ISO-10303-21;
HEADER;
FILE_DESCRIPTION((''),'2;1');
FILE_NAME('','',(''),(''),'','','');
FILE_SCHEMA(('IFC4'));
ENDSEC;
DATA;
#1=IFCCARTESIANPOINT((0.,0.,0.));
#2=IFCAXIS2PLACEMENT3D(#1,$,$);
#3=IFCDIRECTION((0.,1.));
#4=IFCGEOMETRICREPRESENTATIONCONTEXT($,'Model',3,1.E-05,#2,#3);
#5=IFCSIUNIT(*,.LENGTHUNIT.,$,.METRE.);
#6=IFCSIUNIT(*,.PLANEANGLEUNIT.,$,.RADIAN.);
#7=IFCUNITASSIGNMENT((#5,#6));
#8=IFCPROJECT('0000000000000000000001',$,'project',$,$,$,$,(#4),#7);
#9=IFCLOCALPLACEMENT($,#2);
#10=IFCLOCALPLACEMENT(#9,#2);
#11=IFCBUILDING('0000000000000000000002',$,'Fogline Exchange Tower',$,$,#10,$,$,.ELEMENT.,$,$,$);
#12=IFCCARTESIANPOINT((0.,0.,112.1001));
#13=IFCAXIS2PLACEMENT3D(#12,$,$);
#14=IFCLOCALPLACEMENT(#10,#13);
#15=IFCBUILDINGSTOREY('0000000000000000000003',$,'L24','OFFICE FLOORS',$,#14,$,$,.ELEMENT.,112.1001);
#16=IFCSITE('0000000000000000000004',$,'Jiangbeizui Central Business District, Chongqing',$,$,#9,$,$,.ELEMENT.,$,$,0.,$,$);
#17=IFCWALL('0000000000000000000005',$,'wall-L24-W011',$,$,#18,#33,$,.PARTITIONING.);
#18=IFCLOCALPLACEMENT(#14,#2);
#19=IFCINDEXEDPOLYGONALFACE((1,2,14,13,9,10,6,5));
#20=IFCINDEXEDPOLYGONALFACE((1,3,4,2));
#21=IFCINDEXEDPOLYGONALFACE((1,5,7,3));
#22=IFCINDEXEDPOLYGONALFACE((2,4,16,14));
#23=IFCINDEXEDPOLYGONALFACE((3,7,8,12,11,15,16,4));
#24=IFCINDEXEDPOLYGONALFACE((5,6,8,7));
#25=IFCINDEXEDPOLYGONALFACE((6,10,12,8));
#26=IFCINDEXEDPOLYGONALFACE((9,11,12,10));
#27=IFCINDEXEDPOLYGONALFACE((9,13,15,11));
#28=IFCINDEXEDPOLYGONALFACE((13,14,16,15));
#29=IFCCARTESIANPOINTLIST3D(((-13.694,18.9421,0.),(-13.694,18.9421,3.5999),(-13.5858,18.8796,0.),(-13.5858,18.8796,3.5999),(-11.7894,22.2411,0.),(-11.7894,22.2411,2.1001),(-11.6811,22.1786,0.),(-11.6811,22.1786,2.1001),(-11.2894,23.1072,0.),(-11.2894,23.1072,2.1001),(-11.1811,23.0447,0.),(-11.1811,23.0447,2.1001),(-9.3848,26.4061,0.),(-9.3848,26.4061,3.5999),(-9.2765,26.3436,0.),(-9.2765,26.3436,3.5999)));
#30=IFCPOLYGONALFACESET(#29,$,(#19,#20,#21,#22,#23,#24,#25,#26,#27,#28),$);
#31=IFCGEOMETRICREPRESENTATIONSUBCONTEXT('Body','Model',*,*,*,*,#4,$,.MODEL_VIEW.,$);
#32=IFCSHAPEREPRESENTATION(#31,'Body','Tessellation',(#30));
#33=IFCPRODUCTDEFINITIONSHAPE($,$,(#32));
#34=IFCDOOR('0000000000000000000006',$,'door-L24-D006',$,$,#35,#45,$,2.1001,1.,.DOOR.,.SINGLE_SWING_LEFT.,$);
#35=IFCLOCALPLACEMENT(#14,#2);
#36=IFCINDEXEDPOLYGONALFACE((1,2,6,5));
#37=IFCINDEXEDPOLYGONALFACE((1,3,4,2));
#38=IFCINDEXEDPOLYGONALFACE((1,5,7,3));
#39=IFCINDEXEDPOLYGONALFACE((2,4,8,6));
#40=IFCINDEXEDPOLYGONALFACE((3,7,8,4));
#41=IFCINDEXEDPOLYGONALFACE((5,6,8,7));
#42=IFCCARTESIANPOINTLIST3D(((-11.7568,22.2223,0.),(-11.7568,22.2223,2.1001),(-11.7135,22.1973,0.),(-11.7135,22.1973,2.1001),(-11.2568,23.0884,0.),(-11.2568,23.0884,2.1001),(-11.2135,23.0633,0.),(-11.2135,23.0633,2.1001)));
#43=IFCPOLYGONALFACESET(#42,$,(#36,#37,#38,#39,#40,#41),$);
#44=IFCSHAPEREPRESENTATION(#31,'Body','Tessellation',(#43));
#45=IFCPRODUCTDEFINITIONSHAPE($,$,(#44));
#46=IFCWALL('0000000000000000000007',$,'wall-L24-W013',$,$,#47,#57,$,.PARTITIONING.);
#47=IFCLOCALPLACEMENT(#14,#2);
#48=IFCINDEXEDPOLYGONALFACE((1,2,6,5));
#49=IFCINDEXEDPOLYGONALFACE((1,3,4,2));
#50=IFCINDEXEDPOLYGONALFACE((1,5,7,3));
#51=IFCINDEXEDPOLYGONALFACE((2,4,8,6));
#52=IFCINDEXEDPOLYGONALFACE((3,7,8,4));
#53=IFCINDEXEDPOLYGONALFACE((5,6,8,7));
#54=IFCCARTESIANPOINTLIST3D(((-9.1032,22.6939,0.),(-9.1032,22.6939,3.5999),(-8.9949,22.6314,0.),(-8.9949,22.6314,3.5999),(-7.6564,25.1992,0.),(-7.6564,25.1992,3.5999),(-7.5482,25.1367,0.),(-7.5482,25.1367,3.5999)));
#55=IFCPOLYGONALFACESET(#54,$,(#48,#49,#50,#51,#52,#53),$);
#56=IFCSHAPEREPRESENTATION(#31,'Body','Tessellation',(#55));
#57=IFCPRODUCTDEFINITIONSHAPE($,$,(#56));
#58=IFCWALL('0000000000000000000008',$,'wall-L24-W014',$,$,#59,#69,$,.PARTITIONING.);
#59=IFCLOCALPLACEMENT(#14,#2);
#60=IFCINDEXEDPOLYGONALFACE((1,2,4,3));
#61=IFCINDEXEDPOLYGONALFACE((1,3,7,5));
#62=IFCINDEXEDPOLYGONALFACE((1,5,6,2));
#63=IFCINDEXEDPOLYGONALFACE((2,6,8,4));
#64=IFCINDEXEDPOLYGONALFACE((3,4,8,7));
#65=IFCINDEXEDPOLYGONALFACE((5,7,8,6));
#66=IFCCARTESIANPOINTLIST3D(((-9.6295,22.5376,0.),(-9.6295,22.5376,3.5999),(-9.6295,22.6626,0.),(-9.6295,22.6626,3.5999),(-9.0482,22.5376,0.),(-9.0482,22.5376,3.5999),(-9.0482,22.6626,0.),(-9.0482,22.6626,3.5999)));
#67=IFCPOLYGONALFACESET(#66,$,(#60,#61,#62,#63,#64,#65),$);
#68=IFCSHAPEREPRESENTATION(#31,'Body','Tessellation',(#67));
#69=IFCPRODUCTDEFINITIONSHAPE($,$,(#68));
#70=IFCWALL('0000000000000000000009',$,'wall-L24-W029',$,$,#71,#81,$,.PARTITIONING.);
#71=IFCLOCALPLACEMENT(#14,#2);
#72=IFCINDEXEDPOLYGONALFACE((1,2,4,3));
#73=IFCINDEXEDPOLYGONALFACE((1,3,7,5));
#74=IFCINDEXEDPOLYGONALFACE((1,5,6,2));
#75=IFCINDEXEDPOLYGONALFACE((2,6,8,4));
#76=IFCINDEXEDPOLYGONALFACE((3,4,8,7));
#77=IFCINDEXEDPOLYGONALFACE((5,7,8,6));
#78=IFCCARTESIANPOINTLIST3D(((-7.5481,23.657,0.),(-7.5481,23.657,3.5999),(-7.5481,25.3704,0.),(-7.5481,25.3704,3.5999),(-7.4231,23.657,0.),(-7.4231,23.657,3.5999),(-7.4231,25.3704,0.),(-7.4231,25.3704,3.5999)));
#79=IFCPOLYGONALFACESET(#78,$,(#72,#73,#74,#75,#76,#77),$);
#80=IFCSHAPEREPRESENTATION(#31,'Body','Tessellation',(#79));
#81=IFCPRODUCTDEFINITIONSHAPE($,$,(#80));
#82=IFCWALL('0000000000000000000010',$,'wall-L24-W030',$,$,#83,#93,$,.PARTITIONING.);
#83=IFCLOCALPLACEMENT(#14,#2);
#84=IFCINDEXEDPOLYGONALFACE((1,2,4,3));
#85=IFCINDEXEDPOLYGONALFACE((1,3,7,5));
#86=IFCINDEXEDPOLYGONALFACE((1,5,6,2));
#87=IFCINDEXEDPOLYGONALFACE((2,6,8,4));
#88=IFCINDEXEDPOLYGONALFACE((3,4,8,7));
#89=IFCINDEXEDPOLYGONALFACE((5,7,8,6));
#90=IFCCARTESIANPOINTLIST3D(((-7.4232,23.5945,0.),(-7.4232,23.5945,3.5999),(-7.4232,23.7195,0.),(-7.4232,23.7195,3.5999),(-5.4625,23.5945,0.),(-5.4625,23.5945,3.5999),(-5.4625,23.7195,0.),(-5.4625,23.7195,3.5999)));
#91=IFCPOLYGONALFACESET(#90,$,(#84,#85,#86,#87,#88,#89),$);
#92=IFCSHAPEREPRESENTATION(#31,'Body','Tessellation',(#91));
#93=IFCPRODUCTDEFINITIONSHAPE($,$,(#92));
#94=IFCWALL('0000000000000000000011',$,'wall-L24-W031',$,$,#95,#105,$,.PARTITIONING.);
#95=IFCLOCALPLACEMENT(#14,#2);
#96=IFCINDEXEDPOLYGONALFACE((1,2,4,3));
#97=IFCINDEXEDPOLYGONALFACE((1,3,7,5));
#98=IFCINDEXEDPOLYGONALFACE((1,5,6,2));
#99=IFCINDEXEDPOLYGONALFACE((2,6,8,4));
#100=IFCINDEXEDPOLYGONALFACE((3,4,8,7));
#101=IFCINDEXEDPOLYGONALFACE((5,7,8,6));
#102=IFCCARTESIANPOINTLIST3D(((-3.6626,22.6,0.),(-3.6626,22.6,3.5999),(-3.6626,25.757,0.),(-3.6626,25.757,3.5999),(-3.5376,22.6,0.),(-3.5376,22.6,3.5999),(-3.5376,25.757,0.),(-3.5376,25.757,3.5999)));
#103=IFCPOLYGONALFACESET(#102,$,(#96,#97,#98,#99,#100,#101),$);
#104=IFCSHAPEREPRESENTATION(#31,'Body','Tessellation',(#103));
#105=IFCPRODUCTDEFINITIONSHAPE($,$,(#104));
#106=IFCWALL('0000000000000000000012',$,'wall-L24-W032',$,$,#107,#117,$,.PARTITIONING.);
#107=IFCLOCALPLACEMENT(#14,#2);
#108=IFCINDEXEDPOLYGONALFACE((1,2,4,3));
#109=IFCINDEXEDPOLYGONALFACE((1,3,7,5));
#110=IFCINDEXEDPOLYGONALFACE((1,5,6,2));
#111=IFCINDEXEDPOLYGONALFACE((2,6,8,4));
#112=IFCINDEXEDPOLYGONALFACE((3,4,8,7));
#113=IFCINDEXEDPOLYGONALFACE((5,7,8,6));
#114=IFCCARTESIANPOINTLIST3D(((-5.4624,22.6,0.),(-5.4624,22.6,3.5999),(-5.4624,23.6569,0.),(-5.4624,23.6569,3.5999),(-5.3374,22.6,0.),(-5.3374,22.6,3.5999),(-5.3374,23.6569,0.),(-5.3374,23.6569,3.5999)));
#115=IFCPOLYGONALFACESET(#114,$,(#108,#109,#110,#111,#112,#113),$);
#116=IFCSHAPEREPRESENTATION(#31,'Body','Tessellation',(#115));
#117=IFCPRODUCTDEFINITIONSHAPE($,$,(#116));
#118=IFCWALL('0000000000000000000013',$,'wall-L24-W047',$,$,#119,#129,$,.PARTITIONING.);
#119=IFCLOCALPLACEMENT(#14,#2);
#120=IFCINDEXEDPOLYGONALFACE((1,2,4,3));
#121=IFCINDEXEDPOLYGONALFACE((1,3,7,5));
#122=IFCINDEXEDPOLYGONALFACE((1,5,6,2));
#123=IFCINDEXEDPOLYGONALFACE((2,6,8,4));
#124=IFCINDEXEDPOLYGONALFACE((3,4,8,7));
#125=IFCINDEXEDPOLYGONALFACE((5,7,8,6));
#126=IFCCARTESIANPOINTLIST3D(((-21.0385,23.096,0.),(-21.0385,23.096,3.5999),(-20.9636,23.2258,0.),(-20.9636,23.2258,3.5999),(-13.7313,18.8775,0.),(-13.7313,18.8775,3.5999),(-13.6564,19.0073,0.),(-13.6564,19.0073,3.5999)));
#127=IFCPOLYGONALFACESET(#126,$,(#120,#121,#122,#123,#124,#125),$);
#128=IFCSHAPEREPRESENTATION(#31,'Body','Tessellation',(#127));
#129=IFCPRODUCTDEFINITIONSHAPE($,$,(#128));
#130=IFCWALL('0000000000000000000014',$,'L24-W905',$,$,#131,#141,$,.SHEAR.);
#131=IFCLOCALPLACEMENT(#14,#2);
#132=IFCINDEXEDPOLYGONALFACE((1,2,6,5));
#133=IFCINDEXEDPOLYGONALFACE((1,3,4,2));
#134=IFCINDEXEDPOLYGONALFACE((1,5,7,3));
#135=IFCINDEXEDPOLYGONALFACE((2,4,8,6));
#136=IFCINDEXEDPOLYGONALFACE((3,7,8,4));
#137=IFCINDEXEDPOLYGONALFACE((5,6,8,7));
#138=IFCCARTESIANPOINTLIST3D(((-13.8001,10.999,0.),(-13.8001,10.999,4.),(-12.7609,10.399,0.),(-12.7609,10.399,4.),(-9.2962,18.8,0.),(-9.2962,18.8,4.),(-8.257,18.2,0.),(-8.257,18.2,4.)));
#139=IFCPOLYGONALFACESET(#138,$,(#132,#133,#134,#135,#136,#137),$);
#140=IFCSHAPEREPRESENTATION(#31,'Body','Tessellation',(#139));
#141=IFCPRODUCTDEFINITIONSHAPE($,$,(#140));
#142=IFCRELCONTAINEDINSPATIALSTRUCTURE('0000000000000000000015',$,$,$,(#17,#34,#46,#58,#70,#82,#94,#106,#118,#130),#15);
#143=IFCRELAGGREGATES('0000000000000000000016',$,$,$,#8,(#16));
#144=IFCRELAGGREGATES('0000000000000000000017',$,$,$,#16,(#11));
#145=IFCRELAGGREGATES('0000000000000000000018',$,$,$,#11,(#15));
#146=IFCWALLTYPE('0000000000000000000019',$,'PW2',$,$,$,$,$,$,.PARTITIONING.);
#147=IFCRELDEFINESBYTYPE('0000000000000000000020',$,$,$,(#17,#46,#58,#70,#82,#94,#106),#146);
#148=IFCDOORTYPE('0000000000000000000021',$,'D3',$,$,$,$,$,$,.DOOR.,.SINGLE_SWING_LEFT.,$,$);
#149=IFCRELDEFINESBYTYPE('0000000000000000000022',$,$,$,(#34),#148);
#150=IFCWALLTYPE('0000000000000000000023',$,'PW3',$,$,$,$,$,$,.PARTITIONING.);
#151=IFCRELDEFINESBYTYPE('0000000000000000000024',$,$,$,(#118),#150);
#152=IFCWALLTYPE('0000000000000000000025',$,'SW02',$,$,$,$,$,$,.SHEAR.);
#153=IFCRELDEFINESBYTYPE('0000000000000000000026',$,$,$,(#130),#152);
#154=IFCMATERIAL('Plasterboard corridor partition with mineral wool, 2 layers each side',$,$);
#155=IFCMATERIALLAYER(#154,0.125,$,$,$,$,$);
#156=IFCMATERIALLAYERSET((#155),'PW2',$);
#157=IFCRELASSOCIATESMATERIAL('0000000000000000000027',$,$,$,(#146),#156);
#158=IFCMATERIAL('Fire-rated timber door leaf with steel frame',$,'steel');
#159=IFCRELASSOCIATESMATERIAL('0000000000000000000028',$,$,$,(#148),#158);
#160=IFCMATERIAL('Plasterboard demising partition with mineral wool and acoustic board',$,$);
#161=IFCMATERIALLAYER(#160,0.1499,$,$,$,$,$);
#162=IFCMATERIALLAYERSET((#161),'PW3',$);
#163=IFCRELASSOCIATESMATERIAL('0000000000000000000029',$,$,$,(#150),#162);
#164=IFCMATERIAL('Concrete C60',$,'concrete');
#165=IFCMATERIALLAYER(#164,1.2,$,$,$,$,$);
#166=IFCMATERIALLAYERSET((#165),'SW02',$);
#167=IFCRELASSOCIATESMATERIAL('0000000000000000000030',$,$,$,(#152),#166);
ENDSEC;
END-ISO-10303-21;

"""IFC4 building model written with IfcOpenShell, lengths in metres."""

from ifc_helpers import new_model, si_unit, direction, frame, frame_2d, origin, place, context, subcontext, project, spatial, rectangle, extrude, material, layer, layer_set, type_object, element, fill, save


model = new_model("IFC4")

# Units and contexts
model_context = context("Model", 3, precision=1e-05, world=origin(), true_north=direction((0.0, 1.0)))
body_context = subcontext(model_context, "Body", "Model", "MODEL_VIEW")
ifc_project = project(units=[si_unit("LENGTHUNIT", "METRE"), si_unit("PLANEANGLEUNIT", "RADIAN")], contexts=[model_context])

# Site, building, storey
site_placement = place(None, origin())
site = spatial("IfcSite", under=ifc_project, at=site_placement, Name="Jiangbeizui Central Business District, Chongqing", CompositionType="ELEMENT", RefElevation=0.0)
building_placement = place(site_placement, origin())
building = spatial("IfcBuilding", under=site, at=building_placement, Name="Fogline Exchange Tower", CompositionType="ELEMENT")
storey_placement = place(building_placement, frame((0.0, 0.0, 112.1001)))
storey = spatial("IfcBuildingStorey", under=building, at=storey_placement, Name="L24", Description="OFFICE FLOORS", CompositionType="ELEMENT", Elevation=112.1001)

# Shared definitions
ifc_material_1 = material(Name="Plasterboard corridor partition with mineral wool, 2 layers each side")
ifc_layer_1 = layer(ifc_material_1, 0.125)
ifc_layer_set_1 = layer_set([ifc_layer_1], Name="PW2")
wall_type_1 = type_object("IfcWallType", Name="PW2", PredefinedType="PARTITIONING", material=ifc_layer_set_1)

# Shared definitions
ifc_material_2 = material(Name="Fire-rated timber door leaf with steel frame", Category="steel")
door_type_1 = type_object("IfcDoorType", Name="D3", OperationType="SINGLE_SWING_LEFT", PredefinedType="DOOR", material=ifc_material_2)

# Wall, opening, door
wall_1_placement = place(storey_placement, frame((-13.6399, 18.9109, 0.0), z_axis=(0.0, 0.0, 1.0), x_axis=(0.499993, 0.866029, 0.0)))
wall_1 = element("IfcWall", 1, at=wall_1_placement, inside=storey, type_object=wall_type_1, Name="wall-L24-W011", PredefinedType="PARTITIONING", context=body_context, shape_type="SweptSolid", body=[
    extrude(rectangle(XDim=8.6187, YDim=0.125, at=frame_2d((4.3093, 0.0))), origin(), (0.0, 0.0, 1.0), 3.5999),
])
opening_1_placement = place(wall_1_placement, frame((3.8093, 0.0, 0.0)))
opening_1 = element("IfcOpeningElement", 2, at=opening_1_placement, cuts=wall_1, PredefinedType="OPENING", context=body_context, shape_type="SweptSolid", body=[
    extrude(rectangle(XDim=1.0, YDim=2.1001, at=frame_2d((0.5, 1.05))), frame((0.0, 0.0725, 0.0), z_axis=(0.0, -1.0, 0.0), x_axis=(1.0, 0.0, 0.0)), (0.0, 0.0, 1.0), 0.145),
])
door_1_placement = place(opening_1_placement, origin())
door_1 = element("IfcDoor", 3, at=door_1_placement, inside=storey, type_object=door_type_1, Name="door-L24-D006", OperationType="SINGLE_SWING_LEFT", OverallHeight=2.1001, OverallWidth=1.0, PredefinedType="DOOR", context=body_context, shape_type="SweptSolid", body=[
    extrude(rectangle(XDim=1.0, YDim=2.1001, at=frame_2d((0.5, 1.05))), frame((0.0, 0.0249, 0.0), z_axis=(0.0, -1.0, 0.0), x_axis=(1.0, 0.0, 0.0)), (0.0, 0.0, 1.0), 0.05),
])
fill(opening_1, door_1)

# Walls
wall_2_placement = place(storey_placement, frame((-7.6023, 25.168, 0.0), z_axis=(0.0, 0.0, 1.0), x_axis=(-0.500078, -0.86598, 0.0)))
element("IfcWall", 4, at=wall_2_placement, inside=storey, type_object=wall_type_1, Name="wall-L24-W013", PredefinedType="PARTITIONING", context=body_context, shape_type="SweptSolid", body=[
    extrude(rectangle(XDim=2.8931, YDim=0.125, at=frame_2d((1.4465, 0.0))), origin(), (0.0, 0.0, 1.0), 3.5999),
])
wall_3_placement = place(storey_placement, frame((-9.0483, 22.6001, 0.0), z_axis=(0.0, 0.0, 1.0), x_axis=(-1.0, 0.0, 0.0)))
element("IfcWall", 5, at=wall_3_placement, inside=storey, type_object=wall_type_1, Name="wall-L24-W014", PredefinedType="PARTITIONING", context=body_context, shape_type="SweptSolid", body=[
    extrude(rectangle(XDim=0.5813, YDim=0.125, at=frame_2d((0.2905, 0.0))), origin(), (0.0, 0.0, 1.0), 3.5999),
])
wall_4_placement = place(storey_placement, frame((-7.4856, 23.657, 0.0), z_axis=(0.0, 0.0, 1.0), x_axis=(0.0, 1.0, 0.0)))
element("IfcWall", 6, at=wall_4_placement, inside=storey, type_object=wall_type_1, Name="wall-L24-W029", PredefinedType="PARTITIONING", context=body_context, shape_type="SweptSolid", body=[
    extrude(rectangle(XDim=1.7134, YDim=0.125, at=frame_2d((0.8567, 0.0))), origin(), (0.0, 0.0, 1.0), 3.5999),
])
wall_5_placement = place(storey_placement, frame((-5.4624, 23.657, 0.0), z_axis=(0.0, 0.0, 1.0), x_axis=(-1.0, 0.0, 0.0)))
element("IfcWall", 7, at=wall_5_placement, inside=storey, type_object=wall_type_1, Name="wall-L24-W030", PredefinedType="PARTITIONING", context=body_context, shape_type="SweptSolid", body=[
    extrude(rectangle(XDim=1.9607, YDim=0.125, at=frame_2d((0.9805, 0.0))), origin(), (0.0, 0.0, 1.0), 3.5999),
])
wall_6_placement = place(storey_placement, frame((-3.6001, 25.7571, 0.0), z_axis=(0.0, 0.0, 1.0), x_axis=(0.0, -1.0, 0.0)))
element("IfcWall", 8, at=wall_6_placement, inside=storey, type_object=wall_type_1, Name="wall-L24-W031", PredefinedType="PARTITIONING", context=body_context, shape_type="SweptSolid", body=[
    extrude(rectangle(XDim=3.157, YDim=0.125, at=frame_2d((1.5786, 0.0))), origin(), (0.0, 0.0, 1.0), 3.5999),
])
wall_7_placement = place(storey_placement, frame((-5.3999, 22.6001, 0.0), z_axis=(0.0, 0.0, 1.0), x_axis=(0.0, 1.0, 0.0)))
element("IfcWall", 9, at=wall_7_placement, inside=storey, type_object=wall_type_1, Name="wall-L24-W032", PredefinedType="PARTITIONING", context=body_context, shape_type="SweptSolid", body=[
    extrude(rectangle(XDim=1.0569, YDim=0.125, at=frame_2d((0.5283, 0.0))), origin(), (0.0, 0.0, 1.0), 3.5999),
])
ifc_material_3 = material(Name="Plasterboard demising partition with mineral wool and acoustic board")
ifc_layer_2 = layer(ifc_material_3, 0.1499)
ifc_layer_set_2 = layer_set([ifc_layer_2], Name="PW3")
wall_type_2 = type_object("IfcWallType", Name="PW3", PredefinedType="PARTITIONING", material=ifc_layer_set_2)
wall_8_placement = place(storey_placement, frame((-13.6938, 18.9424, 0.0), z_axis=(0.0, 0.0, 1.0), x_axis=(-0.866039, 0.499976, 0.0)))
element("IfcWall", 10, at=wall_8_placement, inside=storey, type_object=wall_type_2, Name="wall-L24-W047", PredefinedType="PARTITIONING", context=body_context, shape_type="SweptSolid", body=[
    extrude(rectangle(XDim=8.4375, YDim=0.1499, at=frame_2d((4.2188, 0.0))), origin(), (0.0, 0.0, 1.0), 3.5999),
])
ifc_material_4 = material(Name="Concrete C60", Category="concrete")
ifc_layer_3 = layer(ifc_material_4, 1.2)
ifc_layer_set_3 = layer_set([ifc_layer_3], Name="SW02")
wall_type_3 = type_object("IfcWallType", Name="SW02", PredefinedType="SHEAR", material=ifc_layer_set_3)
wall_9_placement = place(storey_placement, frame((-8.7766, 18.5, 0.0), z_axis=(0.0, 0.0, 1.0), x_axis=(-0.499999, -0.866026, 0.0)))
element("IfcWall", 11, at=wall_9_placement, inside=storey, type_object=wall_type_3, Name="L24-W905", PredefinedType="SHEAR", context=body_context, shape_type="SweptSolid", body=[
    extrude(rectangle(XDim=9.0078, YDim=1.2, at=frame_2d((4.5039, 0.0))), origin(), (0.0, 0.0, 1.0), 4.0),
])

save(model, "model.ifc")
